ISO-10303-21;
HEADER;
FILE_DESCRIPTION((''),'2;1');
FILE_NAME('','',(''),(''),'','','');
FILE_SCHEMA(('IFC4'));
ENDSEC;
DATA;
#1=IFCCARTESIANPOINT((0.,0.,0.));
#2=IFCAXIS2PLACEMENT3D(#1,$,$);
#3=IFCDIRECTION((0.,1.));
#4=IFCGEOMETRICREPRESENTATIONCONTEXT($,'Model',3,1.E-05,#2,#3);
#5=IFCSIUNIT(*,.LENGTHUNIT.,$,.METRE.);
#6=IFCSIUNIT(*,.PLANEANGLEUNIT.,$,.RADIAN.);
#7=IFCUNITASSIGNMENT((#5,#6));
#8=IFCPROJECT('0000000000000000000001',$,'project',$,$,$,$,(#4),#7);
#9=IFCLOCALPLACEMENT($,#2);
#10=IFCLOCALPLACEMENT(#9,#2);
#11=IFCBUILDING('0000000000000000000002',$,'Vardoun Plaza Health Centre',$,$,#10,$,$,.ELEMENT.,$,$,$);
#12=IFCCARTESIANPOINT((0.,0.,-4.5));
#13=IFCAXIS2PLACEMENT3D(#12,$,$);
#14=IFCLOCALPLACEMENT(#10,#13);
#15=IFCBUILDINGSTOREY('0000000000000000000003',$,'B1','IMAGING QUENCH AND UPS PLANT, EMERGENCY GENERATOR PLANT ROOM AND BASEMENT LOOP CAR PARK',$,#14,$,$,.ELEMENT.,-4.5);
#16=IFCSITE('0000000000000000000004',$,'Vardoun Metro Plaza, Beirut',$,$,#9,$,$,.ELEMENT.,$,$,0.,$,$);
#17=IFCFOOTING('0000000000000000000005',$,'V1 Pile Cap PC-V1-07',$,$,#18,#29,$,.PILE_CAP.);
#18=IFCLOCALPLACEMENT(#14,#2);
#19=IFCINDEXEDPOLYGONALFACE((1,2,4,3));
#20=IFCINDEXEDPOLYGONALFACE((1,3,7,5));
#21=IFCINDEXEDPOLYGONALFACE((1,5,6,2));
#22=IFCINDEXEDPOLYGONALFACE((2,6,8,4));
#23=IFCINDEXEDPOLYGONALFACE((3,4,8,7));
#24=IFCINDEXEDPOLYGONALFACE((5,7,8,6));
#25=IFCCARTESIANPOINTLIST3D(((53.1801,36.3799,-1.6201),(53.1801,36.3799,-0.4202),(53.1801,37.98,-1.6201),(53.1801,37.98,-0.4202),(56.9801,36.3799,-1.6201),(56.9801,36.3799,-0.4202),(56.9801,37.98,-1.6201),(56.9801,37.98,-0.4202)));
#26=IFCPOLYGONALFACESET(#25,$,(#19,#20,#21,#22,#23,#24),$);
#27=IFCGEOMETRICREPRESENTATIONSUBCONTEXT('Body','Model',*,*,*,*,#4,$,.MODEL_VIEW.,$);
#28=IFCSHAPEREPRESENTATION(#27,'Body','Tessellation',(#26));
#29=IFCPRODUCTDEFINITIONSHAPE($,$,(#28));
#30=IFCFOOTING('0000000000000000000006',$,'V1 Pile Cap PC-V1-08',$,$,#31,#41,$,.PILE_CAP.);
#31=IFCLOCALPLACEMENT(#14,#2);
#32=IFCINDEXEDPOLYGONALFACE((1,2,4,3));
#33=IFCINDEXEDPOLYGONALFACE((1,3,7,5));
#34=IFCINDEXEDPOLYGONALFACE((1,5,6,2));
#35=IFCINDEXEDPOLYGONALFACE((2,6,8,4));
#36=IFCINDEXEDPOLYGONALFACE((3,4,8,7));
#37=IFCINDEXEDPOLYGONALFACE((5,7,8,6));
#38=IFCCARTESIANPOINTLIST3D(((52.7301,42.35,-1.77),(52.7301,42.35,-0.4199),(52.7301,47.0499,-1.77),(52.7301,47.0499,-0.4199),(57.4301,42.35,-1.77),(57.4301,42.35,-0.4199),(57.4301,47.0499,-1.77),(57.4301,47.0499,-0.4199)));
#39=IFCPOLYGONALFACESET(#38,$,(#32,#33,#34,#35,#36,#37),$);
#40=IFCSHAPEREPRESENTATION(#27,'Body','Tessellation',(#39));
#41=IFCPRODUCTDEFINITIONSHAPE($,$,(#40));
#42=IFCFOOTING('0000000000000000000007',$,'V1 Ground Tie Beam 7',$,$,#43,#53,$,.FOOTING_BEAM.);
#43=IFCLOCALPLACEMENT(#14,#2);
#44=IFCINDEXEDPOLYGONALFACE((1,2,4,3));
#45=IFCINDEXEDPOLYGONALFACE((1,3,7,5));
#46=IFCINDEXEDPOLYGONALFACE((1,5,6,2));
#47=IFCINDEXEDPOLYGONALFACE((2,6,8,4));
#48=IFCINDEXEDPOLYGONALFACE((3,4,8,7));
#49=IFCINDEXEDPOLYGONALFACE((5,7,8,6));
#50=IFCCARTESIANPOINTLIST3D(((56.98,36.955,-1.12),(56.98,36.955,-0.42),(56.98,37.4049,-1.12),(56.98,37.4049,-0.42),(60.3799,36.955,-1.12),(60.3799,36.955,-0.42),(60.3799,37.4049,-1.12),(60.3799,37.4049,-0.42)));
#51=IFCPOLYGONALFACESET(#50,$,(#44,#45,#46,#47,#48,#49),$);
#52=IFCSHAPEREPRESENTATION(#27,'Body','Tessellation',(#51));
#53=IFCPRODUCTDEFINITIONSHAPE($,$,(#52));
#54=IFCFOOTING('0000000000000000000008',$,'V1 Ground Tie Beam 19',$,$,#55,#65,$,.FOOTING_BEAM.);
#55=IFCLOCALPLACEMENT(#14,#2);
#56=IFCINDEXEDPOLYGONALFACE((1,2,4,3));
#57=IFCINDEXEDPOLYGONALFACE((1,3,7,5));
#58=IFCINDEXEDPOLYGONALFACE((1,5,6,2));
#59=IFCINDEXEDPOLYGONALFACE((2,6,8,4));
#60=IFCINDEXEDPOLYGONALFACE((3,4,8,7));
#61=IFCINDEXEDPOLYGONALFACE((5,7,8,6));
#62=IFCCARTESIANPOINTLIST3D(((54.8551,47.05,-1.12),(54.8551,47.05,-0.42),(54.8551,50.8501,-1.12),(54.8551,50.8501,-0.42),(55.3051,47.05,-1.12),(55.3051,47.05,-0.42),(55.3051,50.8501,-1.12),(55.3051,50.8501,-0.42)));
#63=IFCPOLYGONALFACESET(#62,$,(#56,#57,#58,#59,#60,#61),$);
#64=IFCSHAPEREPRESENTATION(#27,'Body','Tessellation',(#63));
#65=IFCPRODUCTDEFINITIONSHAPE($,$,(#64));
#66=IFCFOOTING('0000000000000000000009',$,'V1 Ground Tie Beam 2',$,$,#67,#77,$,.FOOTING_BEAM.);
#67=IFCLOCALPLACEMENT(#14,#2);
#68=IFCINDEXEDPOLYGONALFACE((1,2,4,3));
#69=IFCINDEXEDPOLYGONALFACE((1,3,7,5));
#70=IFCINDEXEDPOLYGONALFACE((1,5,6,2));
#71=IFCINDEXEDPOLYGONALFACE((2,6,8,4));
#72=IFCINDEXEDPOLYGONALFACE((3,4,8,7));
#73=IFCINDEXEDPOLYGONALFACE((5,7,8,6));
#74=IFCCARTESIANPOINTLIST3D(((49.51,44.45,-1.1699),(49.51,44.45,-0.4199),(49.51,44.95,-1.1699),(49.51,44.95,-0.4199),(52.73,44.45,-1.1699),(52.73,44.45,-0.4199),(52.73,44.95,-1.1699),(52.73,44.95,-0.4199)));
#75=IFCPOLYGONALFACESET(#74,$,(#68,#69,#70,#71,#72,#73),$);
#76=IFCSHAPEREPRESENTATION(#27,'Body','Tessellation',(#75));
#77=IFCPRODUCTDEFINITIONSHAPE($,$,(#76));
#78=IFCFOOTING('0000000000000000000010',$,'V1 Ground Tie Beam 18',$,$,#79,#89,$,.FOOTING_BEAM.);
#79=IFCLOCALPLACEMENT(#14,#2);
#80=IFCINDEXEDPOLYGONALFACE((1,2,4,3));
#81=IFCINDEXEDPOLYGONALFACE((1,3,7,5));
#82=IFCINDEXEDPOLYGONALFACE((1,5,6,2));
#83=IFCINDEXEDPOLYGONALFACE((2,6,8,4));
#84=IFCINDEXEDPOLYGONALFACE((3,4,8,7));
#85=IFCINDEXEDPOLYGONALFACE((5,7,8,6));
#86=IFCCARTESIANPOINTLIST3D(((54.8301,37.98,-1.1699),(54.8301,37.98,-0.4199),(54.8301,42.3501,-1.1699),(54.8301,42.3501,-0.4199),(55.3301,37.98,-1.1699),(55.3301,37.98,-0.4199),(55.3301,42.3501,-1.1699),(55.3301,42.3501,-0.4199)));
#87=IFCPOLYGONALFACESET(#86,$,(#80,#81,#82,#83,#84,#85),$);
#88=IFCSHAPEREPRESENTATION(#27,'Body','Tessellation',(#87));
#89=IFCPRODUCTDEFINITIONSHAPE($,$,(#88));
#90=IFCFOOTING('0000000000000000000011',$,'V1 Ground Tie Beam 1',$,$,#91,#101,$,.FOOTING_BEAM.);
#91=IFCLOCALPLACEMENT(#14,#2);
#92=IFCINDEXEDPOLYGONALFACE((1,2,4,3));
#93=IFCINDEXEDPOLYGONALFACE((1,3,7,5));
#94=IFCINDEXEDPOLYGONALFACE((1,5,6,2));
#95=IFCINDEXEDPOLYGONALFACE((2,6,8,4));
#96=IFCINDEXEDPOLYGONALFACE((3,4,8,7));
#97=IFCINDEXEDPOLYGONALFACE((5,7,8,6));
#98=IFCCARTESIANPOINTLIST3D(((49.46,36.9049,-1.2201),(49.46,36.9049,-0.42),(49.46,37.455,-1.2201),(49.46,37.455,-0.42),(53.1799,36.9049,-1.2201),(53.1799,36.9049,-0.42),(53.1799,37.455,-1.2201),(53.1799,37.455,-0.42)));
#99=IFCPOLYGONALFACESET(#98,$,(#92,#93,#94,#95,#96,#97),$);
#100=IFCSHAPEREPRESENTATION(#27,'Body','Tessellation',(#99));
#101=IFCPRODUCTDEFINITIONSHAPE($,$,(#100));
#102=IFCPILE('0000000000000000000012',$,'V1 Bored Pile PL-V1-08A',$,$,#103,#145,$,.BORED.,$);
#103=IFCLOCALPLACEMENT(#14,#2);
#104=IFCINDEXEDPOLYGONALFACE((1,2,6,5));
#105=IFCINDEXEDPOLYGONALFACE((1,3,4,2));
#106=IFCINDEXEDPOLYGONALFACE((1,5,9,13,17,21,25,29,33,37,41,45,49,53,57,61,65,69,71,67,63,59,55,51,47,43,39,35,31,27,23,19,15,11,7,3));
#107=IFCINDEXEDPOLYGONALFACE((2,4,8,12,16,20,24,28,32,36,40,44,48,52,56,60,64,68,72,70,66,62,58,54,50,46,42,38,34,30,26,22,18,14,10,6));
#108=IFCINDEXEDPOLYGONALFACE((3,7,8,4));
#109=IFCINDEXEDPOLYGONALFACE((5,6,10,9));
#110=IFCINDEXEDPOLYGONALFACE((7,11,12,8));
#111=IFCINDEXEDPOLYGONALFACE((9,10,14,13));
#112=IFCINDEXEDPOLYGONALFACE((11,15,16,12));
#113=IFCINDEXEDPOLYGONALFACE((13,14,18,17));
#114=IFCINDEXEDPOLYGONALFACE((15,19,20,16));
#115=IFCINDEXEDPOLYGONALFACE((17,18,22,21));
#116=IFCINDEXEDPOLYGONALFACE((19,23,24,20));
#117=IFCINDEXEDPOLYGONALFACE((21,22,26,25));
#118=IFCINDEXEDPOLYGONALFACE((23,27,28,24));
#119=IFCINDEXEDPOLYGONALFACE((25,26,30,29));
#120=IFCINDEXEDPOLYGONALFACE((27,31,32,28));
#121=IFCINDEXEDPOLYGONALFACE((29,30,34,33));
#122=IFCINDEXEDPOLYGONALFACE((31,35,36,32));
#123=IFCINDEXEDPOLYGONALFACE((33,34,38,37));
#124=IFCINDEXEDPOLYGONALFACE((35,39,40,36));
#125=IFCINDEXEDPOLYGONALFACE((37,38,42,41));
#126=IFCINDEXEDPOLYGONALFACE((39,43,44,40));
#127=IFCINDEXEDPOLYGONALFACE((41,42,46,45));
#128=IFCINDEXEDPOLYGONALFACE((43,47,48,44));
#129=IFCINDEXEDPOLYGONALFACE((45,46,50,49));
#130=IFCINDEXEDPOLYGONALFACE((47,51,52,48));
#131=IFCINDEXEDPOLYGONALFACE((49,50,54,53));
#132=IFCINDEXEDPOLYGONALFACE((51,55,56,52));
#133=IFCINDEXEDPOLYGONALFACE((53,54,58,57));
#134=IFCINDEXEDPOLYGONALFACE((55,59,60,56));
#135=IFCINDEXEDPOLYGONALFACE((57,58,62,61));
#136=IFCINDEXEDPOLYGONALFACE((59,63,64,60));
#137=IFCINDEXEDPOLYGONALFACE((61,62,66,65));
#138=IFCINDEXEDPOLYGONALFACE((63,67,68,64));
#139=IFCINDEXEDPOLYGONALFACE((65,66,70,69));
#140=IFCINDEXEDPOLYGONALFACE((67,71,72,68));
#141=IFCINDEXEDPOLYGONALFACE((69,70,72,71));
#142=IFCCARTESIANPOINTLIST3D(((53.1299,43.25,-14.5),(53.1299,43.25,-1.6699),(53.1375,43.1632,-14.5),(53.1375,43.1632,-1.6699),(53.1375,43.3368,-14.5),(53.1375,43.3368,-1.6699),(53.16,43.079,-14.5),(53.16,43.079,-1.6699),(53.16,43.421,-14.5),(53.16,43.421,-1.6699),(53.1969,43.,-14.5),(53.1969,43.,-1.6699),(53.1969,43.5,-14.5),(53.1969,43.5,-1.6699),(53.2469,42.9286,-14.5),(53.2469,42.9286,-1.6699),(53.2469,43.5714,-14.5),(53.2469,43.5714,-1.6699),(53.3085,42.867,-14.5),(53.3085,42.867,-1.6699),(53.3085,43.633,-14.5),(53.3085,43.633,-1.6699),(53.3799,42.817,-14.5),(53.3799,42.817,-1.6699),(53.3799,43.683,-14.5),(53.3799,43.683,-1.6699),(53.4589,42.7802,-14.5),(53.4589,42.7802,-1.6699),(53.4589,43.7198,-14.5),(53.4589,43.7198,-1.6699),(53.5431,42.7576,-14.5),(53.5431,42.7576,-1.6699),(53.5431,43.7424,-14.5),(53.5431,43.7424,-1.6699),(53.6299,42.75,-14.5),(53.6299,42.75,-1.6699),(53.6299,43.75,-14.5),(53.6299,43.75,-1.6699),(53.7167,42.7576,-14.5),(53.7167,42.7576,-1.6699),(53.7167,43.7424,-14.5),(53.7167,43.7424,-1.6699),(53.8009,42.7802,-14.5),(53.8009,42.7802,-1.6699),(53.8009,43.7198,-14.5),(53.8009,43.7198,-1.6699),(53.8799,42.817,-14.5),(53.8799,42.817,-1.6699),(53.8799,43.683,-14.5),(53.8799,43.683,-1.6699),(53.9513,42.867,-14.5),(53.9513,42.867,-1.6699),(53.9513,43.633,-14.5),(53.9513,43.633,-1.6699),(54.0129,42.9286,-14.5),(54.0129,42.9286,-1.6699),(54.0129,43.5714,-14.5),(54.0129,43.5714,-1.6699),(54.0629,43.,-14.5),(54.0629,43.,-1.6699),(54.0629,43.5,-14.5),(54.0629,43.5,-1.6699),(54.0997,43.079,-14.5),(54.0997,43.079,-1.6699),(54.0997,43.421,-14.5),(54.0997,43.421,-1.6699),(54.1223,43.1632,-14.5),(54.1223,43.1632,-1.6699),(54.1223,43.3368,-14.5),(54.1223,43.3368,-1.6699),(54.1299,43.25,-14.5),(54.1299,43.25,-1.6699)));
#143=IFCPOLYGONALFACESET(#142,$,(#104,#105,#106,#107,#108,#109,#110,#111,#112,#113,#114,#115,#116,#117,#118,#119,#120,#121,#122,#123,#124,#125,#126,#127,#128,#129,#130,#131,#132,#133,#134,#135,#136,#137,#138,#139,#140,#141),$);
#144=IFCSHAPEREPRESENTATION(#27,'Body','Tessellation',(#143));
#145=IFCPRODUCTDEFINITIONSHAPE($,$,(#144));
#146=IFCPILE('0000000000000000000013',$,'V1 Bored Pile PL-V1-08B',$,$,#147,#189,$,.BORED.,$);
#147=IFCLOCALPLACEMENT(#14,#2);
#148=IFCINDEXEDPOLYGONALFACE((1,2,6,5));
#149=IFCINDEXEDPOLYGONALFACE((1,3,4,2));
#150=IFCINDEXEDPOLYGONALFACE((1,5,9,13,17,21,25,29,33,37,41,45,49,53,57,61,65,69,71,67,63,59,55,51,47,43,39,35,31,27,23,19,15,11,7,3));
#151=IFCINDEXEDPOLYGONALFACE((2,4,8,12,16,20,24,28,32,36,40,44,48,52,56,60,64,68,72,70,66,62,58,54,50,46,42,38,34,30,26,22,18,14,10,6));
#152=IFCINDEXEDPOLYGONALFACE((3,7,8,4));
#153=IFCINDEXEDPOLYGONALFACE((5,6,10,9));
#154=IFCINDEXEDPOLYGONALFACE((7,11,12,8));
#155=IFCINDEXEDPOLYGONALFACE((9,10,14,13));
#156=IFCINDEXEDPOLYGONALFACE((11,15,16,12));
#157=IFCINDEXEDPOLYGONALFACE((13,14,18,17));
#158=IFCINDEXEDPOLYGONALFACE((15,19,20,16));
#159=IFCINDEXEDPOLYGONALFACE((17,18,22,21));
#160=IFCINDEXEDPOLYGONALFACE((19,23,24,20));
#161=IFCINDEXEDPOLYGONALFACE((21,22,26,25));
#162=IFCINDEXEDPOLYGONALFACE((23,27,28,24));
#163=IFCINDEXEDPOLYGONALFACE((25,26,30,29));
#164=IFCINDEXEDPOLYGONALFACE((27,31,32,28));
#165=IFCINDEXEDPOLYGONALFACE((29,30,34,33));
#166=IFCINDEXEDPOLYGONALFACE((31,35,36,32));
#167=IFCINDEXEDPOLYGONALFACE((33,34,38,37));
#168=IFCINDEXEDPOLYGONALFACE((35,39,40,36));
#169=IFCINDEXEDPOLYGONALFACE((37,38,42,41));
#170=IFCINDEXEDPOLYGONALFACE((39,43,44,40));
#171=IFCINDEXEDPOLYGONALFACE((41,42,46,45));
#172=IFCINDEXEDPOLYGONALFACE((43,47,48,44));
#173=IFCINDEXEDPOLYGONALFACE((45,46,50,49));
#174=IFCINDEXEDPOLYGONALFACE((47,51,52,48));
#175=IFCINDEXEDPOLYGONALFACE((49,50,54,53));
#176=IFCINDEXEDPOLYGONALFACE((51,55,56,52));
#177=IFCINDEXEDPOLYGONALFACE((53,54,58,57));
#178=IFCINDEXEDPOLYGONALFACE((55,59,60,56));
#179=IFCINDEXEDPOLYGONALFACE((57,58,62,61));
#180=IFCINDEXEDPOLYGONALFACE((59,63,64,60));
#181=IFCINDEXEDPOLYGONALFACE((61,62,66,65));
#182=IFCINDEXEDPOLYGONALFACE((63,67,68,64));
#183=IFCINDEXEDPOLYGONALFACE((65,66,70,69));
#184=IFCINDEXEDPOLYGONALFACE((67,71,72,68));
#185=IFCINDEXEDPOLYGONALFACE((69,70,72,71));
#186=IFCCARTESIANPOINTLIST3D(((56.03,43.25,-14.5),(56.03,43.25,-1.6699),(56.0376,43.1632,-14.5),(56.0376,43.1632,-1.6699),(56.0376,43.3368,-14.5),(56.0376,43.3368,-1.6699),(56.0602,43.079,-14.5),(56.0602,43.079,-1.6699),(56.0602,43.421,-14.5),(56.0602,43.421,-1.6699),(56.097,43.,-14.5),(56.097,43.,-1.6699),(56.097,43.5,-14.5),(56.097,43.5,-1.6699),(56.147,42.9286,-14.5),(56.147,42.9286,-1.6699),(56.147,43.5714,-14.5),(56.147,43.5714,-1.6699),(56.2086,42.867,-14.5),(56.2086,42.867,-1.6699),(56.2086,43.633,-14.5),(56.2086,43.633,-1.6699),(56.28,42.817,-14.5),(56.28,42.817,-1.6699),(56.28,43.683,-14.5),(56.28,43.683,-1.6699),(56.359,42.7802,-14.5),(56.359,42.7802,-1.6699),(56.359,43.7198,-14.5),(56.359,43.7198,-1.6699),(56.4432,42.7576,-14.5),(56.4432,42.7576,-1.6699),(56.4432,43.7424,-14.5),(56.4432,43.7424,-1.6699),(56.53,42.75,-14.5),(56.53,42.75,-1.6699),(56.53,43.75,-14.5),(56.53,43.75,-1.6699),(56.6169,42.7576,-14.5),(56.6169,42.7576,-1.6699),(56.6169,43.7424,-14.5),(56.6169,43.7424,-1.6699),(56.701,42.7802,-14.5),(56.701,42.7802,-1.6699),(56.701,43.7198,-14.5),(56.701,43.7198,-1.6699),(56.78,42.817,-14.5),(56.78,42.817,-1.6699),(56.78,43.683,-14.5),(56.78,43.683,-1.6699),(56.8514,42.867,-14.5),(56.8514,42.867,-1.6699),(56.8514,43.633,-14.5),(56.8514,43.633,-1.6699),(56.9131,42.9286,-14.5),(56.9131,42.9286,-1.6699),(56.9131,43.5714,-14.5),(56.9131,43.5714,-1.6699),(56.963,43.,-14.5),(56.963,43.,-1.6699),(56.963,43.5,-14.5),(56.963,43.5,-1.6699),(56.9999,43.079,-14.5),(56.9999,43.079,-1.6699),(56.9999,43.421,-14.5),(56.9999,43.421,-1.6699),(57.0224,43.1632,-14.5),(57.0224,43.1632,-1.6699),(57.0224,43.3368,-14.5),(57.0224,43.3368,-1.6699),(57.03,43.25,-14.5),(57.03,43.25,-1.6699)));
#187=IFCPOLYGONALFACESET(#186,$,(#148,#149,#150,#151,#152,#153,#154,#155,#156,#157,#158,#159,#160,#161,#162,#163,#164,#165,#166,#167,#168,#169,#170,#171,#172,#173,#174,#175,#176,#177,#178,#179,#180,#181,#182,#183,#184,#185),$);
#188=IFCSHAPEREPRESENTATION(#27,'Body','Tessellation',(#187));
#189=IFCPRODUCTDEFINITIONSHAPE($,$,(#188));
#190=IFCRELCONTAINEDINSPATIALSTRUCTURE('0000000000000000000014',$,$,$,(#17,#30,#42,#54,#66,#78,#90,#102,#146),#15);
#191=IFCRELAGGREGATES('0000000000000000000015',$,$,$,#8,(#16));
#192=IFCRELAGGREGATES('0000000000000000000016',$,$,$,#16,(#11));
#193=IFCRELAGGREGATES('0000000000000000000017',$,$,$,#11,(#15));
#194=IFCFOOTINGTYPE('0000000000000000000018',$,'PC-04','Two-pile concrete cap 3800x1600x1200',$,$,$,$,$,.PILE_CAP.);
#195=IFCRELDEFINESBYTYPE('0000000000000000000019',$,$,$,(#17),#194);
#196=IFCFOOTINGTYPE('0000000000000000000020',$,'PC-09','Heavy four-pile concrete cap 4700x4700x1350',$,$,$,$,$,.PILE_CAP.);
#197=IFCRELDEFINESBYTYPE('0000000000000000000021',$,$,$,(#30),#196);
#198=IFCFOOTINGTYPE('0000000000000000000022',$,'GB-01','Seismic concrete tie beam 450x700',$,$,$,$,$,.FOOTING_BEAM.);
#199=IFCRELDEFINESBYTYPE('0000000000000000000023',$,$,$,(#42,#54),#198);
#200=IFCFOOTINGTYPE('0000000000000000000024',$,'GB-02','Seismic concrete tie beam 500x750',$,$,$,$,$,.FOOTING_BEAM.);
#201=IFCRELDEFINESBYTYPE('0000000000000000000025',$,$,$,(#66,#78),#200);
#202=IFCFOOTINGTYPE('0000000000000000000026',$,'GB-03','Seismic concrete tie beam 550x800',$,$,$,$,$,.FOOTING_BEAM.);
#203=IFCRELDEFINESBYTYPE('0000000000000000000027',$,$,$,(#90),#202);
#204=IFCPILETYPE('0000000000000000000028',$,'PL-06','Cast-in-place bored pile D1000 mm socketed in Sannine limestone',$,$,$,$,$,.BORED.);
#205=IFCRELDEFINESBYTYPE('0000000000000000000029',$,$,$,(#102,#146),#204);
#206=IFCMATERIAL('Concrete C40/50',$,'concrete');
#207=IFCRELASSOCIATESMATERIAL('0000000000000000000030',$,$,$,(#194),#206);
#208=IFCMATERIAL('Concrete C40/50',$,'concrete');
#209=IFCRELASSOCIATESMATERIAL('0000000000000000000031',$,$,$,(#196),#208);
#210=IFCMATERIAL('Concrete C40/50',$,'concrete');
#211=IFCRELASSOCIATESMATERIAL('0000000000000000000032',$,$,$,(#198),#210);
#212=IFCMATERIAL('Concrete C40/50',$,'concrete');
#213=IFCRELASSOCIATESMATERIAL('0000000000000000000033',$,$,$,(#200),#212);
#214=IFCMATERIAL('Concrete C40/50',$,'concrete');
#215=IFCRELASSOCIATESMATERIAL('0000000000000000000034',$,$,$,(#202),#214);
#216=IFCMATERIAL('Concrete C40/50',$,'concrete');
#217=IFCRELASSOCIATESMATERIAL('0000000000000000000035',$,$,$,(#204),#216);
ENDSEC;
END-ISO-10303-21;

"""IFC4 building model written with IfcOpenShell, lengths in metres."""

from ifc_helpers import new_model, si_unit, direction, frame, origin, origin_2d, place, context, subcontext, project, spatial, rectangle, circle, extrude, material, material_profile, profile_set, type_object, element, save


model = new_model("IFC4")

# Units and contexts
model_context = context("Model", 3, precision=1e-05, world=origin(), true_north=direction((0.0, 1.0)))
body_context = subcontext(model_context, "Body", "Model", "MODEL_VIEW")
ifc_project = project(units=[si_unit("LENGTHUNIT", "METRE"), si_unit("PLANEANGLEUNIT", "RADIAN")], contexts=[model_context])

# Site, building, storey
site_placement = place(None, origin())
site = spatial("IfcSite", under=ifc_project, at=site_placement, Name="Vardoun Metro Plaza, Beirut", CompositionType="ELEMENT", RefElevation=0.0)
building_placement = place(site_placement, origin())
building = spatial("IfcBuilding", under=site, at=building_placement, Name="Vardoun Plaza Health Centre", CompositionType="ELEMENT")
storey_placement = place(building_placement, frame((0.0, 0.0, -4.5)))
storey = spatial("IfcBuildingStorey", under=building, at=storey_placement, Name="B1", Description="IMAGING QUENCH AND UPS PLANT, EMERGENCY GENERATOR PLANT ROOM AND BASEMENT LOOP CAR PARK", CompositionType="ELEMENT", Elevation=-4.5)

# Footings
ifc_material_1 = material(Name="Concrete C40/50", Category="concrete")
footing_type_1 = type_object("IfcFootingType", Name="PC-04", Description="Two-pile concrete cap 3800x1600x1200", PredefinedType="PILE_CAP", material=ifc_material_1)
footing_1_placement = place(storey_placement, frame((55.0801, 37.1799, -1.6201), z_axis=(0.0, 0.0, 1.0), x_axis=(1.0, 0.0, 0.0)))
element("IfcFooting", 1, at=footing_1_placement, inside=storey, type_object=footing_type_1, Name="V1 Pile Cap PC-V1-07", PredefinedType="PILE_CAP", context=body_context, shape_type="SweptSolid", body=[
    extrude(rectangle(XDim=3.8, YDim=1.6001, at=origin_2d()), origin(), (0.0, 0.0, 1.0), 1.2),
])
ifc_material_2 = material(Name="Concrete C40/50", Category="concrete")
footing_type_2 = type_object("IfcFootingType", Name="PC-09", Description="Heavy four-pile concrete cap 4700x4700x1350", PredefinedType="PILE_CAP", material=ifc_material_2)
footing_2_placement = place(storey_placement, frame((55.0801, 44.7, -1.77), z_axis=(0.0, 0.0, 1.0), x_axis=(1.0, 0.0, 0.0)))
element("IfcFooting", 2, at=footing_2_placement, inside=storey, type_object=footing_type_2, Name="V1 Pile Cap PC-V1-08", PredefinedType="PILE_CAP", context=body_context, shape_type="SweptSolid", body=[
    extrude(rectangle(XDim=4.7, YDim=4.7, at=origin_2d()), origin(), (0.0, 0.0, 1.0), 1.3501),
])
ifc_material_3 = material(Name="Concrete C40/50", Category="concrete")
ifc_material_profile_1 = material_profile(ifc_material_3, rectangle(XDim=0.45, YDim=0.7, at=origin_2d()), Name="GB 450x700")
ifc_profile_set_1 = profile_set([ifc_material_profile_1], Name="Concrete C40/50")
footing_type_3 = type_object("IfcFootingType", Name="GB-01", Description="Seismic concrete tie beam 450x700", PredefinedType="FOOTING_BEAM", material=ifc_profile_set_1)
footing_3_placement = place(storey_placement, frame((56.98, 37.1799, -0.77), z_axis=(1.0, 0.0, 0.0), x_axis=(0.0, 1.0, 0.0)))
element("IfcFooting", 3, at=footing_3_placement, inside=storey, type_object=footing_type_3, Name="V1 Ground Tie Beam 7", PredefinedType="FOOTING_BEAM", context=body_context, shape_type="SweptSolid", body=[
    extrude(rectangle(XDim=0.45, YDim=0.7, at=origin_2d()), origin(), (0.0, 0.0, 1.0), 3.3999),
])
footing_4_placement = place(storey_placement, frame((55.0801, 47.05, -0.77), z_axis=(0.0, 1.0, 0.0), x_axis=(-1.0, 0.0, 0.0)))
element("IfcFooting", 4, at=footing_4_placement, inside=storey, type_object=footing_type_3, Name="V1 Ground Tie Beam 19", PredefinedType="FOOTING_BEAM", context=body_context, shape_type="SweptSolid", body=[
    extrude(rectangle(XDim=0.45, YDim=0.7, at=origin_2d()), origin(), (0.0, 0.0, 1.0), 3.8),
])
ifc_material_4 = material(Name="Concrete C40/50", Category="concrete")
ifc_material_profile_2 = material_profile(ifc_material_4, rectangle(XDim=0.5, YDim=0.75, at=origin_2d()), Name="GB 500x750")
ifc_profile_set_2 = profile_set([ifc_material_profile_2], Name="Concrete C40/50")
footing_type_4 = type_object("IfcFootingType", Name="GB-02", Description="Seismic concrete tie beam 500x750", PredefinedType="FOOTING_BEAM", material=ifc_profile_set_2)
footing_5_placement = place(storey_placement, frame((49.51, 44.7, -0.7949), z_axis=(1.0, 0.0, 0.0), x_axis=(0.0, 1.0, 0.0)))
element("IfcFooting", 5, at=footing_5_placement, inside=storey, type_object=footing_type_4, Name="V1 Ground Tie Beam 2", PredefinedType="FOOTING_BEAM", context=body_context, shape_type="SweptSolid", body=[
    extrude(rectangle(XDim=0.5, YDim=0.75, at=origin_2d()), origin(), (0.0, 0.0, 1.0), 3.22),
])
footing_6_placement = place(storey_placement, frame((55.0801, 37.98, -0.7949), z_axis=(0.0, 1.0, 0.0), x_axis=(-1.0, 0.0, 0.0)))
element("IfcFooting", 6, at=footing_6_placement, inside=storey, type_object=footing_type_4, Name="V1 Ground Tie Beam 18", PredefinedType="FOOTING_BEAM", context=body_context, shape_type="SweptSolid", body=[
    extrude(rectangle(XDim=0.5, YDim=0.75, at=origin_2d()), origin(), (0.0, 0.0, 1.0), 4.3701),
])
ifc_material_5 = material(Name="Concrete C40/50", Category="concrete")
ifc_material_profile_3 = material_profile(ifc_material_5, rectangle(XDim=0.55, YDim=0.8, at=origin_2d()), Name="GB 550x800")
ifc_profile_set_3 = profile_set([ifc_material_profile_3], Name="Concrete C40/50")
footing_type_5 = type_object("IfcFootingType", Name="GB-03", Description="Seismic concrete tie beam 550x800", PredefinedType="FOOTING_BEAM", material=ifc_profile_set_3)
footing_7_placement = place(storey_placement, frame((49.46, 37.1799, -0.8201), z_axis=(1.0, 0.0, 0.0), x_axis=(0.0, 1.0, 0.0)))
element("IfcFooting", 7, at=footing_7_placement, inside=storey, type_object=footing_type_5, Name="V1 Ground Tie Beam 1", PredefinedType="FOOTING_BEAM", context=body_context, shape_type="SweptSolid", body=[
    extrude(rectangle(XDim=0.55, YDim=0.8, at=origin_2d()), origin(), (0.0, 0.0, 1.0), 3.72),
])

# Piles
ifc_material_6 = material(Name="Concrete C40/50", Category="concrete")
ifc_material_profile_4 = material_profile(ifc_material_6, circle(Radius=0.5, at=origin_2d()), Name="PILE D1000")
ifc_profile_set_4 = profile_set([ifc_material_profile_4], Name="Concrete C40/50")
pile_type_1 = type_object("IfcPileType", Name="PL-06", Description="Cast-in-place bored pile D1000 mm socketed in Sannine limestone", PredefinedType="BORED", material=ifc_profile_set_4)
for number, where, z_axis, x_axis, name in (
    (8, (53.6299, 43.25, -1.6699), (0.0, 0.0, -1.0), (1.0, 0.0, 0.0), "V1 Bored Pile PL-V1-08A"),
    (9, (56.53, 43.25, -1.6699), (0.0, 0.0, -1.0), (1.0, 0.0, 0.0), "V1 Bored Pile PL-V1-08B"),
):
    element("IfcPile", number, at=place(storey_placement, frame(where, z_axis=z_axis, x_axis=x_axis)), inside=storey, type_object=pile_type_1, Name=name, PredefinedType="BORED", context=body_context, shape_type="SweptSolid", body=[
        extrude(circle(Radius=0.5, at=origin_2d()), origin(), (0.0, 0.0, 1.0), 12.8301),
    ])

save(model, "model.ifc")
